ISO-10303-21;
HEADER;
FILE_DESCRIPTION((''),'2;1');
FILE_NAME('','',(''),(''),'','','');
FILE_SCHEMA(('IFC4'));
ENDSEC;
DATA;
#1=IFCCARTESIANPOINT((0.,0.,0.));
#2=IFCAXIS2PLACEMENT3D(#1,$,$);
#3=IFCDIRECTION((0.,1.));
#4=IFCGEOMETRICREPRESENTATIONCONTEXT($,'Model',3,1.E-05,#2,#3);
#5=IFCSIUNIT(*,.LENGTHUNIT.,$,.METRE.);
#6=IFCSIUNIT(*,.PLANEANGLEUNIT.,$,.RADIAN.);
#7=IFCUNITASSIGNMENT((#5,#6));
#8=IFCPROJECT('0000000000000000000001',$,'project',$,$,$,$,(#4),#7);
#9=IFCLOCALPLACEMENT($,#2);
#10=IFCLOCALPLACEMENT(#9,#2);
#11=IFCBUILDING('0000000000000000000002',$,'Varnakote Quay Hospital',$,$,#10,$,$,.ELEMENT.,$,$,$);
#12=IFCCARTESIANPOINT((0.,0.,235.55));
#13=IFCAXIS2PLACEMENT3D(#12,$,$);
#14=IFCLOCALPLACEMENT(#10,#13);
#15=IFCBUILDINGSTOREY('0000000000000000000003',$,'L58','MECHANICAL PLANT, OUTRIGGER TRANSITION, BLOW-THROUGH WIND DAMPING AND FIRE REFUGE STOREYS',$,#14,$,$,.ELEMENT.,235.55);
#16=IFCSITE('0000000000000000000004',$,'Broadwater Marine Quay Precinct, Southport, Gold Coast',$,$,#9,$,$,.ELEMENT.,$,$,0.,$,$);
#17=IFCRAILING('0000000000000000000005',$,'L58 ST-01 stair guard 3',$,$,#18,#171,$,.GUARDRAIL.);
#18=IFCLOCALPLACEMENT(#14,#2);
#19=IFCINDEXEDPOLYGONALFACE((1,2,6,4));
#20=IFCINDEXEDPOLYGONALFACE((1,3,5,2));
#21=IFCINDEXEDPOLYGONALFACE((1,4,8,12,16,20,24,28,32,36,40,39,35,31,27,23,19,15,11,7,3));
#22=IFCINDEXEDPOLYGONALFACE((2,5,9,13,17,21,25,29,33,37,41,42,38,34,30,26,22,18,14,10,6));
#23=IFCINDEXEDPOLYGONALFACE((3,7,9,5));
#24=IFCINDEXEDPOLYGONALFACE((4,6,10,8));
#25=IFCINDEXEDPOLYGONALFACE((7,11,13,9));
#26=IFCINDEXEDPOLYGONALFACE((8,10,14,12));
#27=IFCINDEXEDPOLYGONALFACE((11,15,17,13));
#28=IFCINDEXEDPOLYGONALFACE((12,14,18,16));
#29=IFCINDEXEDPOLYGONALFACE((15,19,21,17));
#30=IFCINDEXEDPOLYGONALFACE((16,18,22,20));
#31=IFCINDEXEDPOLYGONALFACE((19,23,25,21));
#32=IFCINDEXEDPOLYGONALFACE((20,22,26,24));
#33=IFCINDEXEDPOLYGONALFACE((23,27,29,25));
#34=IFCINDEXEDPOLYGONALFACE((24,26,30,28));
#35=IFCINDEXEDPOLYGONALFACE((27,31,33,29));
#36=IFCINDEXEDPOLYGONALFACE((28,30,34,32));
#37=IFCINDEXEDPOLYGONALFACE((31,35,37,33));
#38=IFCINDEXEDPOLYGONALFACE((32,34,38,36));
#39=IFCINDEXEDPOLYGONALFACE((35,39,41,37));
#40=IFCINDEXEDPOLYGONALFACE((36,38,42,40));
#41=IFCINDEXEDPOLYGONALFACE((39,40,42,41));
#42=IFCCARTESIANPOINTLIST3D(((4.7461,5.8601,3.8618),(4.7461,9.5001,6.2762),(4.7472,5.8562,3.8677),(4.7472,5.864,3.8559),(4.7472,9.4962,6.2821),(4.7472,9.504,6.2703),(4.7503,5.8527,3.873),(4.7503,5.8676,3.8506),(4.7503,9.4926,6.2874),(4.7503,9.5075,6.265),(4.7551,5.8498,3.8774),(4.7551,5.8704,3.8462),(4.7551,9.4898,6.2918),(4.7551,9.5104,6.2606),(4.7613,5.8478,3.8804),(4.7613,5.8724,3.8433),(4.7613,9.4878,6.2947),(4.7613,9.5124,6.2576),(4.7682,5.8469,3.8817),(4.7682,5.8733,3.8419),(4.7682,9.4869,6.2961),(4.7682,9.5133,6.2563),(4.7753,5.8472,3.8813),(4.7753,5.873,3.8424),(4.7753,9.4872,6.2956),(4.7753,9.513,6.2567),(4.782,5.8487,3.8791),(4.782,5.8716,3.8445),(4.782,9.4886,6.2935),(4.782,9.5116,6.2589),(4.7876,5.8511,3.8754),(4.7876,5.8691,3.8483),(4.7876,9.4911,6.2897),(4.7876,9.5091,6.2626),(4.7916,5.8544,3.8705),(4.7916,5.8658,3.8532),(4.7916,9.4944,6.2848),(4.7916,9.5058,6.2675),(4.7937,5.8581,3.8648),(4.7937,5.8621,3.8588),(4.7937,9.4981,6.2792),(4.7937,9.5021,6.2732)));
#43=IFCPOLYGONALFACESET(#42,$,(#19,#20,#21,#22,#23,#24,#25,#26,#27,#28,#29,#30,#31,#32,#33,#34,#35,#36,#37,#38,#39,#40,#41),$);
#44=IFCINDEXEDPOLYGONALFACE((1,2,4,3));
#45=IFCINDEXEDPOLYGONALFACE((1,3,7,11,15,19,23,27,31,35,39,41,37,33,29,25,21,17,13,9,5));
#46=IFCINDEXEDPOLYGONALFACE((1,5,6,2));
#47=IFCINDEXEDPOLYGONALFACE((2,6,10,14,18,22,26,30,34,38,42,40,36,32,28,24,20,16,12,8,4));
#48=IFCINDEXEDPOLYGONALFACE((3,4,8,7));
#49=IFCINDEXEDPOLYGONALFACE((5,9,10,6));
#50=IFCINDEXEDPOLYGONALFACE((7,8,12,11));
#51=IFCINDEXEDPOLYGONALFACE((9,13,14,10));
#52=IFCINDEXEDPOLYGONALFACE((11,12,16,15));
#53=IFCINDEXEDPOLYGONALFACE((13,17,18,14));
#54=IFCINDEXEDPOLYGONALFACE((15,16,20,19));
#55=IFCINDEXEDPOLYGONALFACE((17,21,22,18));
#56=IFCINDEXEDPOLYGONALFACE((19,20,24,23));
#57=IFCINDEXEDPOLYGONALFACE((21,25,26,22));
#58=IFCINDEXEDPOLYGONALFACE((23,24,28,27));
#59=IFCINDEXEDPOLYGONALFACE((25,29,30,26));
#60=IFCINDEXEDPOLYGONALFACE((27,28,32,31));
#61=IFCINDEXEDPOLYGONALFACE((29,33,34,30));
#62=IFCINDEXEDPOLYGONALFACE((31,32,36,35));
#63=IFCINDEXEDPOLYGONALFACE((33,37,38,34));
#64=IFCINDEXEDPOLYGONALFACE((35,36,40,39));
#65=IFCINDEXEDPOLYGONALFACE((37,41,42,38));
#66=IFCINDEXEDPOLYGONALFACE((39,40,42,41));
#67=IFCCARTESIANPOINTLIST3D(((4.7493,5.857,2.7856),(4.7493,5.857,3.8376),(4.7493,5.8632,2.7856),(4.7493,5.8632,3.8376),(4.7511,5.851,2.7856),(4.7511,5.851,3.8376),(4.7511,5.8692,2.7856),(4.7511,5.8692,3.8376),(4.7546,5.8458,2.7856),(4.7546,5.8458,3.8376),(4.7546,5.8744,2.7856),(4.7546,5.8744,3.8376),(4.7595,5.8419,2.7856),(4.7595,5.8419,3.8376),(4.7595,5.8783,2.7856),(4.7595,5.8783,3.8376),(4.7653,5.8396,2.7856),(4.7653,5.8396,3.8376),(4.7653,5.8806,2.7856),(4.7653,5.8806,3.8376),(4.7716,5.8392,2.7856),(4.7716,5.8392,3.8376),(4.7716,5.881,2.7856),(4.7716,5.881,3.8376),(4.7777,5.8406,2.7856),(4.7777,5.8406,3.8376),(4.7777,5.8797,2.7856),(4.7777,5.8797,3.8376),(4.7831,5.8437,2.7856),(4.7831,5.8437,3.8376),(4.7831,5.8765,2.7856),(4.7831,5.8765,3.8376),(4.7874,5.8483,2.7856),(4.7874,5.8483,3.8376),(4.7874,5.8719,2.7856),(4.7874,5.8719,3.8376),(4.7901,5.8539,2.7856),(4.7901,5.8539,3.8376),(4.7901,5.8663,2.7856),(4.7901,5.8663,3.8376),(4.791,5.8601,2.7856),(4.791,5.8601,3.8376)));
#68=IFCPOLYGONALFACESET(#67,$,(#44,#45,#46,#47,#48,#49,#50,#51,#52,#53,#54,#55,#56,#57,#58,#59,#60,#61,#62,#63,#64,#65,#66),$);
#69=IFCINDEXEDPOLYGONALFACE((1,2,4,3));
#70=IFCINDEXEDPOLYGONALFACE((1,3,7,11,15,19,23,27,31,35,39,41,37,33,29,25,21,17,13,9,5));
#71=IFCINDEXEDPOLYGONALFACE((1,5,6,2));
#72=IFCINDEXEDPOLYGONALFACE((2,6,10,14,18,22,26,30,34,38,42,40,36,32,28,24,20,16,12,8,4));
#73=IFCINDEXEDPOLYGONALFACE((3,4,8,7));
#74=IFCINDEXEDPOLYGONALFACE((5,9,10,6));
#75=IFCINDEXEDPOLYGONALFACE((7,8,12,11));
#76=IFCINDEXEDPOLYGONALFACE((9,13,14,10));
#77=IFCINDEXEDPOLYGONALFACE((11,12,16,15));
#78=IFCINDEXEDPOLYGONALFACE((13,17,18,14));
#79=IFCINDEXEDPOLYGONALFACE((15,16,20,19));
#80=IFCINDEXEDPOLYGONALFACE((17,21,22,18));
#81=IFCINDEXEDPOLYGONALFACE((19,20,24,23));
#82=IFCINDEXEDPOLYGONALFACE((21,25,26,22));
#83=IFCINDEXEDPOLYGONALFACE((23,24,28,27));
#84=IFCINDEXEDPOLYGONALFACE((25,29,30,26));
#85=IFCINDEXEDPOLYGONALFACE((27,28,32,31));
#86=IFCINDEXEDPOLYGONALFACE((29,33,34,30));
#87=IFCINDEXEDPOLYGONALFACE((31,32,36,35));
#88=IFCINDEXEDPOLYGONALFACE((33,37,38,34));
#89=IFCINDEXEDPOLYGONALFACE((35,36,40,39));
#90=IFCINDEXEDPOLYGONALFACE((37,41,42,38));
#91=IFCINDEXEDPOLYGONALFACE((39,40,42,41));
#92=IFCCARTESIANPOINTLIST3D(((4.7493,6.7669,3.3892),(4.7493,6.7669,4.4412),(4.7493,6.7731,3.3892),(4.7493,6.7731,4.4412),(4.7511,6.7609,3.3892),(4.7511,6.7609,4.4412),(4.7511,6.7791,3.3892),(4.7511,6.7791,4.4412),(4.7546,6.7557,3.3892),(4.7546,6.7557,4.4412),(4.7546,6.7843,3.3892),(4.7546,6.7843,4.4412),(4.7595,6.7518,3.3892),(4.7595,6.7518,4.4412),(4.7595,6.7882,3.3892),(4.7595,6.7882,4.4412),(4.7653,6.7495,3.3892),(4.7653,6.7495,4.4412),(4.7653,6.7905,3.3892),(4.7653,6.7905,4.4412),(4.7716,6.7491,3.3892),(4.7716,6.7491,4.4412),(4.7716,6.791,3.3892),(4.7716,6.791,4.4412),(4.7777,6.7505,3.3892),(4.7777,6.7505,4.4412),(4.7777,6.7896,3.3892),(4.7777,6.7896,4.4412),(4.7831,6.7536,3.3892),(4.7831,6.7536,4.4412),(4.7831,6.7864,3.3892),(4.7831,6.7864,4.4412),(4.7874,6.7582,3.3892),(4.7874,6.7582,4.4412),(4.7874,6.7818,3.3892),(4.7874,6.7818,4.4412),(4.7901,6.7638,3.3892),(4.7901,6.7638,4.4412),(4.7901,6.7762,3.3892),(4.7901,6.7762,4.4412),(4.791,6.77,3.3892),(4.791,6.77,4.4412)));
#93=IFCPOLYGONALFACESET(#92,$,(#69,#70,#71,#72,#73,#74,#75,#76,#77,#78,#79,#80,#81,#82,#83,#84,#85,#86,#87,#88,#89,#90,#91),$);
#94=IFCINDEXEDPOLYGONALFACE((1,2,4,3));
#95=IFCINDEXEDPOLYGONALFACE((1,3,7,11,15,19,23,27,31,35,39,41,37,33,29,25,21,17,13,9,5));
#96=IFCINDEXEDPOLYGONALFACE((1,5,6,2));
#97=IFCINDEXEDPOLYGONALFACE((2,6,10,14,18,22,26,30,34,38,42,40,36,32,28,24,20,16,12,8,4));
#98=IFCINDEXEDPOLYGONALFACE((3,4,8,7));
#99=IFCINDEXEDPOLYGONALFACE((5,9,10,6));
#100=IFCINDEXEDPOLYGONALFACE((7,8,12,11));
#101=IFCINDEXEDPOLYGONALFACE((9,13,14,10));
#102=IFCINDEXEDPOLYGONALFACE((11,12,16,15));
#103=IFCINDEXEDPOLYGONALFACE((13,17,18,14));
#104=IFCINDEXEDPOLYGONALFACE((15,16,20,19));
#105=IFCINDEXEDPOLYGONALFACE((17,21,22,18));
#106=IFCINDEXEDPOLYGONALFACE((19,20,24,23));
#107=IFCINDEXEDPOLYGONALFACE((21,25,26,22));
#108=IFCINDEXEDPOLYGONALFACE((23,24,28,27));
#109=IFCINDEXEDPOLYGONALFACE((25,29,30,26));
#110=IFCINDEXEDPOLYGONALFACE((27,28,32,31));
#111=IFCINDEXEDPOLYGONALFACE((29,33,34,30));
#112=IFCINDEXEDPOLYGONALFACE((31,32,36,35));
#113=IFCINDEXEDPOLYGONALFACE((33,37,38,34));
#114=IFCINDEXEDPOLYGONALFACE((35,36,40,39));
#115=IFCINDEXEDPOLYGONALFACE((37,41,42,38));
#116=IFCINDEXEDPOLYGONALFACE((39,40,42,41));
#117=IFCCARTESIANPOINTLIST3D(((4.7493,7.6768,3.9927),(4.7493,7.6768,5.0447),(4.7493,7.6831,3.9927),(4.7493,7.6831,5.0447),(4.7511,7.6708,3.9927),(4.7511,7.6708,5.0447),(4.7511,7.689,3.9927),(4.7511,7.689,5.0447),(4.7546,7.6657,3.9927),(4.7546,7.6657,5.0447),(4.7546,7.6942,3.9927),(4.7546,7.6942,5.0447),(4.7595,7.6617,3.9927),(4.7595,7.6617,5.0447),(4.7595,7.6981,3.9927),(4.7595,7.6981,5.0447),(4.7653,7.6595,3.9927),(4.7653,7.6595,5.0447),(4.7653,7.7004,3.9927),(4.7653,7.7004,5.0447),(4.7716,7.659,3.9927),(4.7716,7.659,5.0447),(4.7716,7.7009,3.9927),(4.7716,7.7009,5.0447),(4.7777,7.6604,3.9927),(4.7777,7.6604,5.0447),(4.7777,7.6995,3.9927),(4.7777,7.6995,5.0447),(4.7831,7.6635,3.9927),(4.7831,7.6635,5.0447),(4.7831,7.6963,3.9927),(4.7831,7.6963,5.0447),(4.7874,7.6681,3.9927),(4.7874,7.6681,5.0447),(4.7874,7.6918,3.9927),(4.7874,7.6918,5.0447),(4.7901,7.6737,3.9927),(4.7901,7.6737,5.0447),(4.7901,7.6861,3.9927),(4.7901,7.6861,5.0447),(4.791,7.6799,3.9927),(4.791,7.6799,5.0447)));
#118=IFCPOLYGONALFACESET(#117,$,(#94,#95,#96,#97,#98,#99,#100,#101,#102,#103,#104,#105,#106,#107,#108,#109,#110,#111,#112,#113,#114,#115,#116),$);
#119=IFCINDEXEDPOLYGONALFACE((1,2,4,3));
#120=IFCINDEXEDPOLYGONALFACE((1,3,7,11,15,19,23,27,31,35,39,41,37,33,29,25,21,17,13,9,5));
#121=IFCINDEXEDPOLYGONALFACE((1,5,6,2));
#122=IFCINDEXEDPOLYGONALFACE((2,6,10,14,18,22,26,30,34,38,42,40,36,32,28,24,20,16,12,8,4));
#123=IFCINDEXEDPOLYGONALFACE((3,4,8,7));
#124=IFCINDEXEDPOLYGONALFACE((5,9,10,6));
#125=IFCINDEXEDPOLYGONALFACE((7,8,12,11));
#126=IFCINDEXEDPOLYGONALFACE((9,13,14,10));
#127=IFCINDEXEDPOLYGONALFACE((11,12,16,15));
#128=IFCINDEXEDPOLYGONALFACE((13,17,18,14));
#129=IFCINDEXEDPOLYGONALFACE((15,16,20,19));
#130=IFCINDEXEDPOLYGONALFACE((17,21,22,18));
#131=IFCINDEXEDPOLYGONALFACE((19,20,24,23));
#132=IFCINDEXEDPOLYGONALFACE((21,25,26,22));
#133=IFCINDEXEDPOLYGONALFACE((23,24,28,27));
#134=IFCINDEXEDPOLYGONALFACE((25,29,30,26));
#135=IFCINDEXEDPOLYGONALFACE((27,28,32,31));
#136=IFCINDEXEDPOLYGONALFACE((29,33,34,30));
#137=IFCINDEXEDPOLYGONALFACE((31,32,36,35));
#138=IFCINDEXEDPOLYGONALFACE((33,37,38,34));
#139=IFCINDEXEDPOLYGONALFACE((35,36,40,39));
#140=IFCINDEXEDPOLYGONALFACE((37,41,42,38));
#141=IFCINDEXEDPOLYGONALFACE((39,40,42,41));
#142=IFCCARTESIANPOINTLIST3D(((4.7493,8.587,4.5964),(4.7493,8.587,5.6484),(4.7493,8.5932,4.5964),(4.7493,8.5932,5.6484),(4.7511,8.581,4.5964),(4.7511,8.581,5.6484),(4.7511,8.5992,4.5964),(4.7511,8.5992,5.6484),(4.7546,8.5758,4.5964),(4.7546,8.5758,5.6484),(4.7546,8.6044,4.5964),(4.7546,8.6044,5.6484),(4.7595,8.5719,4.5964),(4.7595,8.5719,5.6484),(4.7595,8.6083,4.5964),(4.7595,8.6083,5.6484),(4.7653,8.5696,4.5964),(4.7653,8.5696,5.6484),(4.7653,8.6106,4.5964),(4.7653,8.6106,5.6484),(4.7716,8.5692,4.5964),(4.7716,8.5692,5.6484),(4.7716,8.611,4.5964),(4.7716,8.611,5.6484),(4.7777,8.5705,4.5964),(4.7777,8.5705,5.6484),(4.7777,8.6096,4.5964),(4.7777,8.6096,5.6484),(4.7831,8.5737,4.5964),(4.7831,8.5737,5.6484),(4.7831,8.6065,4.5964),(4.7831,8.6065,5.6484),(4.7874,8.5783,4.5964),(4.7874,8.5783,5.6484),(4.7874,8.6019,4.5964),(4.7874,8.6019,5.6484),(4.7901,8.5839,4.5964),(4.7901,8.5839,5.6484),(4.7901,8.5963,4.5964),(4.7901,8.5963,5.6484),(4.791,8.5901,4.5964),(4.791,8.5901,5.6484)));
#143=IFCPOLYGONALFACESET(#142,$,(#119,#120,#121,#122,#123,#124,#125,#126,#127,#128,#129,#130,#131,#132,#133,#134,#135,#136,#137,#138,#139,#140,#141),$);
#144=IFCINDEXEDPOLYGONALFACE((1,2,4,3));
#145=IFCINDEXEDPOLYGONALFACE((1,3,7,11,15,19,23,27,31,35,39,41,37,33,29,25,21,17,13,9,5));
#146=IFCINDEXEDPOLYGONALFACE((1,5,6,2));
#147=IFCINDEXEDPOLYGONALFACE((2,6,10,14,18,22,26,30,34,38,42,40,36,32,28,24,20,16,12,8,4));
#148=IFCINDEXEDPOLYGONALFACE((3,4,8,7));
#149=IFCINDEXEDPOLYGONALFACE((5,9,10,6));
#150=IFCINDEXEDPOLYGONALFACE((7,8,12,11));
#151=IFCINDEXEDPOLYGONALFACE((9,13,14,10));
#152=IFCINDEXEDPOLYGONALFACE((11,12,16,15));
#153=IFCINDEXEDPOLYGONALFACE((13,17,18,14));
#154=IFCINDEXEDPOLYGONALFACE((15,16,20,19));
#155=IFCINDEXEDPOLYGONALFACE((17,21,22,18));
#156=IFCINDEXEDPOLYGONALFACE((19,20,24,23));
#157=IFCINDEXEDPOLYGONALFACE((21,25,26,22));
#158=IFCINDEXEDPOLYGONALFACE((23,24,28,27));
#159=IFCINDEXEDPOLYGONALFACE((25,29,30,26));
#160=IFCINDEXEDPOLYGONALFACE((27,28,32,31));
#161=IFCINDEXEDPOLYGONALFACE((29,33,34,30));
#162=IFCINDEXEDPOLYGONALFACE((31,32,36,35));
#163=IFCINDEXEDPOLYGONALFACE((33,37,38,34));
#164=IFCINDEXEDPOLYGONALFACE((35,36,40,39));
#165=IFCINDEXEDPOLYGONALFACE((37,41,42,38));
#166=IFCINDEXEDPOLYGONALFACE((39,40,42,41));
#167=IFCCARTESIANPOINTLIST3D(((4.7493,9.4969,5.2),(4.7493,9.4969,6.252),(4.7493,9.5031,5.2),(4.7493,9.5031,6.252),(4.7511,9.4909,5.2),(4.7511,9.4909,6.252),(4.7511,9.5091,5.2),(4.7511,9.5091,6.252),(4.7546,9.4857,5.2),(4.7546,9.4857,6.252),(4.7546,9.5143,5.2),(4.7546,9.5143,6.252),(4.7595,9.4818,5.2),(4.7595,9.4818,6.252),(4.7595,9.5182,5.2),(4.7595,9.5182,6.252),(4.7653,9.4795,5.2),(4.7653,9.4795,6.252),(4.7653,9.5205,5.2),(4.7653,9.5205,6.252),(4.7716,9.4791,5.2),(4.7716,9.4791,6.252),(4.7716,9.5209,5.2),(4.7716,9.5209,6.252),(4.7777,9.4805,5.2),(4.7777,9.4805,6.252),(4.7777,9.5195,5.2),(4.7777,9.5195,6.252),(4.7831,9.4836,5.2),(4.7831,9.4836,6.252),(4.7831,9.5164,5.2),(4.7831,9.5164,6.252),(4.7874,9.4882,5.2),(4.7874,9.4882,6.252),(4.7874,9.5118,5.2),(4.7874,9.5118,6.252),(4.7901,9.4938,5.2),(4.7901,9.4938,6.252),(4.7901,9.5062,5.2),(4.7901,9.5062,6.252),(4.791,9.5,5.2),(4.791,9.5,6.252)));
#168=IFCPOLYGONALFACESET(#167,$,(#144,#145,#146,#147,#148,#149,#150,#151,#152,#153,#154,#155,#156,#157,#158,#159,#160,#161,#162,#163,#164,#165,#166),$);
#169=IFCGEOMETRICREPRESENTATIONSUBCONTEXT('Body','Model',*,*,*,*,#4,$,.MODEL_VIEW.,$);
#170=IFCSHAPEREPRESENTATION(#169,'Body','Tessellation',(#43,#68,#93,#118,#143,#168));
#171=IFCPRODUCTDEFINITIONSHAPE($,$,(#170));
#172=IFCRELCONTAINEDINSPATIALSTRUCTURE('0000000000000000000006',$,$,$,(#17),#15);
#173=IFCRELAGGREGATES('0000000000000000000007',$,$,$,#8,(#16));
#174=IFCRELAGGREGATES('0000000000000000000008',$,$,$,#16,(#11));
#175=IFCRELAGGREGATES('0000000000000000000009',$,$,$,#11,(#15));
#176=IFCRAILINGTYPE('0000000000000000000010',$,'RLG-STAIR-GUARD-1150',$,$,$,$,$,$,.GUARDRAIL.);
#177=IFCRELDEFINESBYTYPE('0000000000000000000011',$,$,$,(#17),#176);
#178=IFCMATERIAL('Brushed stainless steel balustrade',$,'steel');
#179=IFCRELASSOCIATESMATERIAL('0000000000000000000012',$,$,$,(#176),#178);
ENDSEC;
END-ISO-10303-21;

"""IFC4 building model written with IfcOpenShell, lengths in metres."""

from ifc_helpers import new_model, si_unit, direction, frame, origin, origin_2d, place, context, subcontext, project, spatial, circle, extrude, material, type_object, element, save


model = new_model("IFC4")

# Units and contexts
model_context = context("Model", 3, precision=1e-05, world=origin(), true_north=direction((0.0, 1.0)))
body_context = subcontext(model_context, "Body", "Model", "MODEL_VIEW")
ifc_project = project(units=[si_unit("LENGTHUNIT", "METRE"), si_unit("PLANEANGLEUNIT", "RADIAN")], contexts=[model_context])

# Site, building, storey
site_placement = place(None, origin())
site = spatial("IfcSite", under=ifc_project, at=site_placement, Name="Broadwater Marine Quay Precinct, Southport, Gold Coast", CompositionType="ELEMENT", RefElevation=0.0)
building_placement = place(site_placement, origin())
building = spatial("IfcBuilding", under=site, at=building_placement, Name="Varnakote Quay Hospital", CompositionType="ELEMENT")
storey_placement = place(building_placement, frame((0.0, 0.0, 235.55)))
storey = spatial("IfcBuildingStorey", under=building, at=storey_placement, Name="L58", Description="MECHANICAL PLANT, OUTRIGGER TRANSITION, BLOW-THROUGH WIND DAMPING AND FIRE REFUGE STOREYS", CompositionType="ELEMENT", Elevation=235.55)

# Railing
ifc_material_1 = material(Name="Brushed stainless steel balustrade", Category="steel")
railing_type_1 = type_object("IfcRailingType", Name="RLG-STAIR-GUARD-1150", PredefinedType="GUARDRAIL", material=ifc_material_1)
railing_1_placement = place(storey_placement, frame((4.77, 5.8601, 2.7856)))
element("IfcRailing", 1, at=railing_1_placement, inside=storey, type_object=railing_type_1, Name="L58 ST-01 stair guard 3", PredefinedType="GUARDRAIL", context=body_context, shape_type="SweptSolid", body=[
    extrude(circle(Radius=0.0239, at=origin_2d()), frame((0.0, 0.0, 1.0762), z_axis=(0.0, 0.833347, 0.552751), x_axis=(-1.0, 0.0, 0.0)), (0.0, 0.0, 1.0), 4.3679),
    extrude(circle(Radius=0.021, at=origin_2d()), origin(), (0.0, 0.0, 1.0), 1.052),
    extrude(circle(Radius=0.021, at=origin_2d()), frame((0.0, 0.9099, 0.6035)), (0.0, 0.0, 1.0), 1.052),
    extrude(circle(Radius=0.021, at=origin_2d()), frame((0.0, 1.8198, 1.207)), (0.0, 0.0, 1.0), 1.052),
    extrude(circle(Radius=0.021, at=origin_2d()), frame((0.0, 2.73, 1.8108)), (0.0, 0.0, 1.0), 1.052),
    extrude(circle(Radius=0.021, at=origin_2d()), frame((0.0, 3.6399, 2.4143)), (0.0, 0.0, 1.0), 1.052),
])

save(model, "model.ifc")
